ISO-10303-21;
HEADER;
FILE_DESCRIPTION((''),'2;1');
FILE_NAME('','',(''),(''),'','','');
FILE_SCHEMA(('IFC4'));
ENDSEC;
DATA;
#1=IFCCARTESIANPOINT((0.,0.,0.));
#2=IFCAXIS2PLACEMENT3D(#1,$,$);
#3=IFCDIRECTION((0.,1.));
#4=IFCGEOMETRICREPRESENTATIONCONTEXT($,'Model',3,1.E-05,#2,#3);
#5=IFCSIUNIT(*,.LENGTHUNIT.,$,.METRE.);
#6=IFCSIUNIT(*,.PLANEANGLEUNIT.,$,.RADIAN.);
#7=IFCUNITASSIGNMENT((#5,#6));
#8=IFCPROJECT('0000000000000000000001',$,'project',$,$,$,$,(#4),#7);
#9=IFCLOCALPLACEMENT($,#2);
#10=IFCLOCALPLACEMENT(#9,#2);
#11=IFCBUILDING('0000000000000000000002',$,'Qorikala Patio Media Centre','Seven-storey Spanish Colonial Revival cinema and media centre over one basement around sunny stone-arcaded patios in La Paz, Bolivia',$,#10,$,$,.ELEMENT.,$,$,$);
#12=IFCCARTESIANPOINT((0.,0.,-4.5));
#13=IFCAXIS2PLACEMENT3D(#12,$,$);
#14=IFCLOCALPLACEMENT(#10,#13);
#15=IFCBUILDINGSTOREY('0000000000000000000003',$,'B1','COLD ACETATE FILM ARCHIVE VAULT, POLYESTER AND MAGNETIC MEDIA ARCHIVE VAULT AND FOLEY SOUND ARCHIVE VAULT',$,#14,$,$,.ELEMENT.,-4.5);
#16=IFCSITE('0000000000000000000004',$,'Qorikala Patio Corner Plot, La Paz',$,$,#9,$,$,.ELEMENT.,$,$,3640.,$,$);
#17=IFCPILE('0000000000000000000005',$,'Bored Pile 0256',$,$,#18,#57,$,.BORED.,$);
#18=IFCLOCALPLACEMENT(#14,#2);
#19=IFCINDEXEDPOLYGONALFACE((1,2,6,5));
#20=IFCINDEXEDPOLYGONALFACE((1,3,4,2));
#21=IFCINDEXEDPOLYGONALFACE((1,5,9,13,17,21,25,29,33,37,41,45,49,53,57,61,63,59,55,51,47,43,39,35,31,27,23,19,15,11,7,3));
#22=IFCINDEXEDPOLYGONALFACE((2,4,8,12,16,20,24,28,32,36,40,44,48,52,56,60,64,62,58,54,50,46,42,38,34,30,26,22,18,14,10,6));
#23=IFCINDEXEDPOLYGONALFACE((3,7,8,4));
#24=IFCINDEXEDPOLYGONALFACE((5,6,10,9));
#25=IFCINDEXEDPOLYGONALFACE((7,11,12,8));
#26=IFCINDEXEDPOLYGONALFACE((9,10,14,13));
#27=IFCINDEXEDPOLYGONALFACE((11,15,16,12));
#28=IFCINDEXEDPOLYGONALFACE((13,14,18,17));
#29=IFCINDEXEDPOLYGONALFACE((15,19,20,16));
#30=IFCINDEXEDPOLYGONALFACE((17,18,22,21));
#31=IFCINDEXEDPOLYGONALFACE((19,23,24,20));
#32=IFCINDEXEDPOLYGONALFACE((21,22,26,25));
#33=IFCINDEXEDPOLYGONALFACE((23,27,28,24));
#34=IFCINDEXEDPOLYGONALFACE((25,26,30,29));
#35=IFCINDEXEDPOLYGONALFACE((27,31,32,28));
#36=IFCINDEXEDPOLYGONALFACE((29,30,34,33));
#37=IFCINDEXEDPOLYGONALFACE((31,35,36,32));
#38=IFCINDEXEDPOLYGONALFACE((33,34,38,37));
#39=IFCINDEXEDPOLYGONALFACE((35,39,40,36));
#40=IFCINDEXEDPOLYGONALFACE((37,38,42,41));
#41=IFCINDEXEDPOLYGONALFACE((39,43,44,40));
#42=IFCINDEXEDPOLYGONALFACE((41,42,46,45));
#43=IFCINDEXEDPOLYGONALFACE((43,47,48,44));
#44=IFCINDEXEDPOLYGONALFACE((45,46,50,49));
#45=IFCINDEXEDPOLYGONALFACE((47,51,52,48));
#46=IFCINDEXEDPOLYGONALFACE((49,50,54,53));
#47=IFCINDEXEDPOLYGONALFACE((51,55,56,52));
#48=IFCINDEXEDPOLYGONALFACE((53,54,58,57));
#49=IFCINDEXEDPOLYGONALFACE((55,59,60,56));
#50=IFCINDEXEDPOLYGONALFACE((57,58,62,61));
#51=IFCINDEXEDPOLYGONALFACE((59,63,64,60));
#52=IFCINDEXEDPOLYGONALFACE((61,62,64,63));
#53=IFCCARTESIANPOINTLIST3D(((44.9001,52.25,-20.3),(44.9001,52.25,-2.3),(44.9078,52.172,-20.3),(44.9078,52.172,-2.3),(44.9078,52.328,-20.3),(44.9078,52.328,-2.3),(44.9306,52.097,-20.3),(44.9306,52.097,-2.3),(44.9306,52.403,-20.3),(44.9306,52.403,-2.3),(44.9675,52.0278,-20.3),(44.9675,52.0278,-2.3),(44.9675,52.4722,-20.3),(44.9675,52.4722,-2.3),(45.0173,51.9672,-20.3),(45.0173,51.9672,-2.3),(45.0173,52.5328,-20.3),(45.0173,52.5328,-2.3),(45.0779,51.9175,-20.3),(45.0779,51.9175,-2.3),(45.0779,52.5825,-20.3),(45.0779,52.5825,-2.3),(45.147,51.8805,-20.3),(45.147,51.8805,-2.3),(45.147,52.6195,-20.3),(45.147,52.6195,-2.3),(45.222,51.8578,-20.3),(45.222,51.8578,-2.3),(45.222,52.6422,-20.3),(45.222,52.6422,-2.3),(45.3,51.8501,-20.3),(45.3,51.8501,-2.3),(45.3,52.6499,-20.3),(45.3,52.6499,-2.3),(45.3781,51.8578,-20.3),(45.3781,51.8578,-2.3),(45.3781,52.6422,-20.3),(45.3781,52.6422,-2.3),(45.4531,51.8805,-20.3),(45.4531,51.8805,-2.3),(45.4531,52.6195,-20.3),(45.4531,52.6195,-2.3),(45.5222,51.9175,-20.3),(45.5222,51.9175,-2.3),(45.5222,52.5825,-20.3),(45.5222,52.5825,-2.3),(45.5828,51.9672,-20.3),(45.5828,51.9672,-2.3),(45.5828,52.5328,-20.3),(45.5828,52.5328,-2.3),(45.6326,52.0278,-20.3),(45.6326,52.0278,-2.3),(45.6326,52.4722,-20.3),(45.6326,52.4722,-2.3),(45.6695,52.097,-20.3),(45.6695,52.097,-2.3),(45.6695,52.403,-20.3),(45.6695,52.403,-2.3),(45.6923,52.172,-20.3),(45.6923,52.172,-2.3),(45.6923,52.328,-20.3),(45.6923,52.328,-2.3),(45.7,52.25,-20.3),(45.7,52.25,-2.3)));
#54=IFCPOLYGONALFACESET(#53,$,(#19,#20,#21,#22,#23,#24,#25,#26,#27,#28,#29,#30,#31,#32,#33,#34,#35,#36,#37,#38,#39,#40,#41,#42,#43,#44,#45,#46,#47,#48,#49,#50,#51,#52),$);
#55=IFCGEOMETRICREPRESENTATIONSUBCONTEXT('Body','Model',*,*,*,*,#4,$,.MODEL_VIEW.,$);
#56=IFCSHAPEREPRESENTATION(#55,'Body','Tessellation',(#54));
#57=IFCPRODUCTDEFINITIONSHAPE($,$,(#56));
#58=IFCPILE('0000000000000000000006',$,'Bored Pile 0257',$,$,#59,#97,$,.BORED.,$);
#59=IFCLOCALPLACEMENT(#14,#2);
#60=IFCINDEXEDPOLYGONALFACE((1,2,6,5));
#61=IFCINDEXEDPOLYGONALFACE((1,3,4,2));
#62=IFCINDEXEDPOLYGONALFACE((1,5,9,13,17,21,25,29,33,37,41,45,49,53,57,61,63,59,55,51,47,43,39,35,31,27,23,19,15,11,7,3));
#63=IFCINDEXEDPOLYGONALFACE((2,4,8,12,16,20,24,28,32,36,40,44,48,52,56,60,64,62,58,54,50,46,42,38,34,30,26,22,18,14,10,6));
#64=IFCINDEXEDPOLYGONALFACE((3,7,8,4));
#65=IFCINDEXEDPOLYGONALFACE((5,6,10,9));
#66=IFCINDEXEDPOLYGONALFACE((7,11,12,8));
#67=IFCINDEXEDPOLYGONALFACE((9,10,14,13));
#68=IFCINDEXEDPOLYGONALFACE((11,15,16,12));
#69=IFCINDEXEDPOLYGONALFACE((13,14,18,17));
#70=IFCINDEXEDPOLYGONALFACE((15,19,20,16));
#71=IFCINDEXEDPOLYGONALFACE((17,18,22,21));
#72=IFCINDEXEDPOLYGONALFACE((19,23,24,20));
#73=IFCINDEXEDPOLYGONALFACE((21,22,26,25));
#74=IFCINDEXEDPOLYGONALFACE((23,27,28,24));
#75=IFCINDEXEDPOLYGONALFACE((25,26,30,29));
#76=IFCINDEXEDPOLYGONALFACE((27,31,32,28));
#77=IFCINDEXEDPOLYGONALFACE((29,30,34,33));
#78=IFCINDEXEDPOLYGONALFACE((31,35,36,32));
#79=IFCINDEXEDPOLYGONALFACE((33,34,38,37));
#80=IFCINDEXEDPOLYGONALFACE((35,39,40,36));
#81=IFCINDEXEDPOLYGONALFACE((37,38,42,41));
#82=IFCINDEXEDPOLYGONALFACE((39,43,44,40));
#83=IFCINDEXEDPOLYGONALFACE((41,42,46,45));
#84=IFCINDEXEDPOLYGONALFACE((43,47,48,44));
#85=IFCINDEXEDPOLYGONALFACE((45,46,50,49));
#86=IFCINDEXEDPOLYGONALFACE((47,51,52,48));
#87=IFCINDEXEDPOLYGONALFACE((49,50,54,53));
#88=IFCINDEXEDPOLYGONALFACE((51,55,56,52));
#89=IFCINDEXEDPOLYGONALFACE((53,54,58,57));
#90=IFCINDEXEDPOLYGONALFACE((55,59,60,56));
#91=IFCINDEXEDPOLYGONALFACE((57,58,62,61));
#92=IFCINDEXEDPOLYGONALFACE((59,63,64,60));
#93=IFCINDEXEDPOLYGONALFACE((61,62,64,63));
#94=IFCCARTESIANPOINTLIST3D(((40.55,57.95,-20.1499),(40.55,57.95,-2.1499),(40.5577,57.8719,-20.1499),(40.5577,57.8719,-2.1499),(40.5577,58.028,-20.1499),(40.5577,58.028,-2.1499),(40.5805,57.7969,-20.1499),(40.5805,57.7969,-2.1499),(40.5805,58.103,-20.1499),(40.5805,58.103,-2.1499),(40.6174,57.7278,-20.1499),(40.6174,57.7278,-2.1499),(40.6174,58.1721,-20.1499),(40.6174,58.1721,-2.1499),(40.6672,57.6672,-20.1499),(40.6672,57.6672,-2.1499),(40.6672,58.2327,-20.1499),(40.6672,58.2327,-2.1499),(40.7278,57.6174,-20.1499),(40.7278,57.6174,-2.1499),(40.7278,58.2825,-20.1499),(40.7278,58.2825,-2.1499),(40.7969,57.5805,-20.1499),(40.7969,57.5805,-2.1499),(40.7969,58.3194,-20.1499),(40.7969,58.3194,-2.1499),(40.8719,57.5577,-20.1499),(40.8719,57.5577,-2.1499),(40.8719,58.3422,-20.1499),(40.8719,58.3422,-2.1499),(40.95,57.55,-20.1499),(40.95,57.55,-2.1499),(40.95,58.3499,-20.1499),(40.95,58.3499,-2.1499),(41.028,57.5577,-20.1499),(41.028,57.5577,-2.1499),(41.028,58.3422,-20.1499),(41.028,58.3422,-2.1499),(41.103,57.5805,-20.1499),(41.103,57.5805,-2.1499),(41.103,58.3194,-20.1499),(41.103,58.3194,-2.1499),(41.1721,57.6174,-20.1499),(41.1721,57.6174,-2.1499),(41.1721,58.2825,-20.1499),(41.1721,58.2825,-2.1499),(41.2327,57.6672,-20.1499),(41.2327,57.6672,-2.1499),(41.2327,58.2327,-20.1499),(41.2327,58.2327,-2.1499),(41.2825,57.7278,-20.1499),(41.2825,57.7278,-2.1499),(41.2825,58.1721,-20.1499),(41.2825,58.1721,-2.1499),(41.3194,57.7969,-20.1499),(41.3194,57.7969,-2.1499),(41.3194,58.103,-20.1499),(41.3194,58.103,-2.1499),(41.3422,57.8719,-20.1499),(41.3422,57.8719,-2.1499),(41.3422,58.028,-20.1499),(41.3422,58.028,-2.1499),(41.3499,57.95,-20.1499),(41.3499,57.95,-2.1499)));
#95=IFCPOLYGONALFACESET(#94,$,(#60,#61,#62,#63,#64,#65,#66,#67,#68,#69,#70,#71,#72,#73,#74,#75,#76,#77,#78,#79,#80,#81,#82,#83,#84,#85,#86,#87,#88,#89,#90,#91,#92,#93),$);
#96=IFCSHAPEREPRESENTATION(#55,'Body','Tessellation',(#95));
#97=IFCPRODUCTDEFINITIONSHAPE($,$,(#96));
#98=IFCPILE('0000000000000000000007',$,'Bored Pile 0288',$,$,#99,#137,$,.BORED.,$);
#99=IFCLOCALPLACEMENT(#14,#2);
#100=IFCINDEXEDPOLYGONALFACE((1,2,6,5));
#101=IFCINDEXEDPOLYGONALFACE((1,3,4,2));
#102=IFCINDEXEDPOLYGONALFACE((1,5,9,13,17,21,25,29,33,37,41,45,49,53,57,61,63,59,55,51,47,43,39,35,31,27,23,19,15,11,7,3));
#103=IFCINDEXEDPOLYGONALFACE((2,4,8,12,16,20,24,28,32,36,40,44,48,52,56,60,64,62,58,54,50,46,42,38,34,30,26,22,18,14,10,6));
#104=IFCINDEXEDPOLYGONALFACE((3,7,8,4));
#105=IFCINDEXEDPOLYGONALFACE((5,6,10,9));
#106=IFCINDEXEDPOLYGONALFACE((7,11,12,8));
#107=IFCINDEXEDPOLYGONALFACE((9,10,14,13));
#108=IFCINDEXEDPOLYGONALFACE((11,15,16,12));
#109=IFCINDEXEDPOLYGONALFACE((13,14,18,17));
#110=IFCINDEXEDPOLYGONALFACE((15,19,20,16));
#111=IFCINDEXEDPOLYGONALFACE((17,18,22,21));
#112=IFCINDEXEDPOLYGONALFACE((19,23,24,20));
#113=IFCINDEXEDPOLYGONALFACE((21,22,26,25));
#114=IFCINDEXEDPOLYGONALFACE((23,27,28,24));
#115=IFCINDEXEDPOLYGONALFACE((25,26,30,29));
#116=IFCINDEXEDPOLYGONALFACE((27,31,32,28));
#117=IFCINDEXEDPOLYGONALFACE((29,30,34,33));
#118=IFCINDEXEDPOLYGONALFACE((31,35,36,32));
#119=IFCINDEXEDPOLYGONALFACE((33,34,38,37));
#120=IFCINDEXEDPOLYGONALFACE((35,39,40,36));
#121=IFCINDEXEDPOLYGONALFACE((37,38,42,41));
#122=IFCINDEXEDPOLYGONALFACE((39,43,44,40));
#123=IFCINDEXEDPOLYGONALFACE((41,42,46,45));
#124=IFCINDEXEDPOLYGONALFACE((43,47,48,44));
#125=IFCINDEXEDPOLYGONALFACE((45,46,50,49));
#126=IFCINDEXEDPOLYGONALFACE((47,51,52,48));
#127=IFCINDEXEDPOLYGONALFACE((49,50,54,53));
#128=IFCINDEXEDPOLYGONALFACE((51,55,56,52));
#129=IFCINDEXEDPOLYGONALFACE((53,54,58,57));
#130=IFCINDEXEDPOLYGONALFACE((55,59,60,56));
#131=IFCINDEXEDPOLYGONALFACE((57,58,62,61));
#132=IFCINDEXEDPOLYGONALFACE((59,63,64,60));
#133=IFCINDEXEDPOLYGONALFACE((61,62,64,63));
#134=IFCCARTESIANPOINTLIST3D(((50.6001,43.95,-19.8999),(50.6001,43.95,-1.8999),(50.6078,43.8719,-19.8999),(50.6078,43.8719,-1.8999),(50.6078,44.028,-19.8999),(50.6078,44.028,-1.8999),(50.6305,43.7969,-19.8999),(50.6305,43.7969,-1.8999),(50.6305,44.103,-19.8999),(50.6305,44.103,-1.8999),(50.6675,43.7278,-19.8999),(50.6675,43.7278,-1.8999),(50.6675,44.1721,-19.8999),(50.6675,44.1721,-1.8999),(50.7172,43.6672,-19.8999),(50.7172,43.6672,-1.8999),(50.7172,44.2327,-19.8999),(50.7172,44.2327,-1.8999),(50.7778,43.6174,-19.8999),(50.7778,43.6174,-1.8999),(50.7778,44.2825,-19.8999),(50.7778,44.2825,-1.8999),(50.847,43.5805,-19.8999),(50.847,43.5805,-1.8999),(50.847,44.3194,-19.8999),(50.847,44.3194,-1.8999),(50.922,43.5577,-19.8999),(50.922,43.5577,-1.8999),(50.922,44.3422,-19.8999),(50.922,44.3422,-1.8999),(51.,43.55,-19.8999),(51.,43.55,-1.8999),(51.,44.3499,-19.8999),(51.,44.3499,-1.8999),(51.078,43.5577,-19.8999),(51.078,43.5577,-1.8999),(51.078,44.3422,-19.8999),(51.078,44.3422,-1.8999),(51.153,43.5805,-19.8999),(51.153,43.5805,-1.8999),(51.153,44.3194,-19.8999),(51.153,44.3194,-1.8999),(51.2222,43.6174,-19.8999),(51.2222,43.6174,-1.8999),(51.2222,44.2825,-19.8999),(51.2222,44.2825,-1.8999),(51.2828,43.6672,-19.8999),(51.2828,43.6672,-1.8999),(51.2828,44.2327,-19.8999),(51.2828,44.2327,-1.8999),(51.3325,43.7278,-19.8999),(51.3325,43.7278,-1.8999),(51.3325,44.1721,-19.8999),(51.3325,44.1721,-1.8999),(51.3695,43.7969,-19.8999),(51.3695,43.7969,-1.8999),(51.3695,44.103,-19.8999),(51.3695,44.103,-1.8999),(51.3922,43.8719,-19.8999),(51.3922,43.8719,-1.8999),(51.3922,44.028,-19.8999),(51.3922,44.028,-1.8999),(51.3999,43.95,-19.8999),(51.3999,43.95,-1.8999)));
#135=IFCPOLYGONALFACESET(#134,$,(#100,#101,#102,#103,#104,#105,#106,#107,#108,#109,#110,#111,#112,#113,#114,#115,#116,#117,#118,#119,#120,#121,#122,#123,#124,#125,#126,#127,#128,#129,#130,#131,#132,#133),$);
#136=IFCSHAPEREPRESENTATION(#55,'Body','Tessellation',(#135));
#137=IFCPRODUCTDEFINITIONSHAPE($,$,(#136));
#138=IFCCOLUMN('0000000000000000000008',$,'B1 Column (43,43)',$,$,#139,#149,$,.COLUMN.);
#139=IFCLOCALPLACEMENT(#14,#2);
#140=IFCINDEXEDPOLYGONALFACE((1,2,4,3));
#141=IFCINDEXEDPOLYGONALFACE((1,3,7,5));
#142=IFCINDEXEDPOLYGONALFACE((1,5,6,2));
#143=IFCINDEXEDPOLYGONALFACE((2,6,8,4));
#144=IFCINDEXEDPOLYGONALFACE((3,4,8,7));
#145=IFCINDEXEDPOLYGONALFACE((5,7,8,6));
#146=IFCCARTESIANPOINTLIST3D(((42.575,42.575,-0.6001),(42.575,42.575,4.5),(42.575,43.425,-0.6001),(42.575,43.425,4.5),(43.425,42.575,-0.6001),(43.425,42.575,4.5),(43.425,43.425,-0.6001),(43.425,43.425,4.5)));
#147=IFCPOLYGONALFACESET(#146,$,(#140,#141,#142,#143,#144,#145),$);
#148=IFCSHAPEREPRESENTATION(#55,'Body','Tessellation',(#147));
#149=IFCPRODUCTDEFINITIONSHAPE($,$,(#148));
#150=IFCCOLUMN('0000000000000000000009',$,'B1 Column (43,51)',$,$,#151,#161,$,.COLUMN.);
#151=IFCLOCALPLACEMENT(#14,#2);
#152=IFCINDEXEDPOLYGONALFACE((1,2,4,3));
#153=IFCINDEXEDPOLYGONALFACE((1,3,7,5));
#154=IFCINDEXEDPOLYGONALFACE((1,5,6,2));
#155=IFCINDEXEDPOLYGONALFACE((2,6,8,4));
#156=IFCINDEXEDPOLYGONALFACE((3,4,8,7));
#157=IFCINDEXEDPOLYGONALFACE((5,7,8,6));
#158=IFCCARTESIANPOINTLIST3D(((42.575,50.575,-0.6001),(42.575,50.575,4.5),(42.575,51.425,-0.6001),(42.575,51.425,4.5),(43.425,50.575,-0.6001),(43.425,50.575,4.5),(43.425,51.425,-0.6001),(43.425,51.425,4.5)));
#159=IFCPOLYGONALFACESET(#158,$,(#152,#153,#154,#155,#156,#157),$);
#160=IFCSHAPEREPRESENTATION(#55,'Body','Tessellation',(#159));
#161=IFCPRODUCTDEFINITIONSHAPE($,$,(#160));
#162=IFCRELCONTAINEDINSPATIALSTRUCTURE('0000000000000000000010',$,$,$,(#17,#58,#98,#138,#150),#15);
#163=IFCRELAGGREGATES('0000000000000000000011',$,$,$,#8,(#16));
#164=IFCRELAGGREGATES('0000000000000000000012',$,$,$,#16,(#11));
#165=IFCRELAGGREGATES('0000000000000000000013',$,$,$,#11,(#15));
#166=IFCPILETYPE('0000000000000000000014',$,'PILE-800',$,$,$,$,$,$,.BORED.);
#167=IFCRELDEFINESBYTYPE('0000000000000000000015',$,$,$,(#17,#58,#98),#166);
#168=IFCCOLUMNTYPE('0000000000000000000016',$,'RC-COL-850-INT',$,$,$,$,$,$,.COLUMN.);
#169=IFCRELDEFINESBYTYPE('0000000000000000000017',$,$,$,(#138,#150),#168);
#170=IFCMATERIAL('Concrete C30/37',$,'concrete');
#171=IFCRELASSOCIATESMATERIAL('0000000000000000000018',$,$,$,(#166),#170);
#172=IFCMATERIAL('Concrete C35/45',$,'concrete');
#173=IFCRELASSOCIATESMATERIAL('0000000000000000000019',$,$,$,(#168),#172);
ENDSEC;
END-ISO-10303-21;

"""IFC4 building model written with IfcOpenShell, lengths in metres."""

from ifc_helpers import new_model, si_unit, direction, frame, origin, origin_2d, place, context, subcontext, project, spatial, rectangle, circle, extrude, material, material_profile, profile_set, type_object, element, save


model = new_model("IFC4")

# Units and contexts
model_context = context("Model", 3, precision=1e-05, world=origin(), true_north=direction((0.0, 1.0)))
body_context = subcontext(model_context, "Body", "Model", "MODEL_VIEW")
ifc_project = project(units=[si_unit("LENGTHUNIT", "METRE"), si_unit("PLANEANGLEUNIT", "RADIAN")], contexts=[model_context])

# Site, building, storey
site_placement = place(None, origin())
site = spatial("IfcSite", under=ifc_project, at=site_placement, Name="Qorikala Patio Corner Plot, La Paz", CompositionType="ELEMENT", RefElevation=3640.0)
building_placement = place(site_placement, origin())
building = spatial("IfcBuilding", under=site, at=building_placement, Name="Qorikala Patio Media Centre", Description="Seven-storey Spanish Colonial Revival cinema and media centre over one basement around sunny stone-arcaded patios in La Paz, Bolivia", CompositionType="ELEMENT")
storey_placement = place(building_placement, frame((0.0, 0.0, -4.5)))
storey = spatial("IfcBuildingStorey", under=building, at=storey_placement, Name="B1", Description="COLD ACETATE FILM ARCHIVE VAULT, POLYESTER AND MAGNETIC MEDIA ARCHIVE VAULT AND FOLEY SOUND ARCHIVE VAULT", CompositionType="ELEMENT", Elevation=-4.5)

# Shared definitions
ifc_material_1 = material(Name="Concrete C30/37", Category="concrete")

# Piles
ifc_material_profile_1 = material_profile(ifc_material_1, circle(Radius=0.3999, at=origin_2d()), Name="BORED PILE 800")
ifc_profile_set_1 = profile_set([ifc_material_profile_1], Name="Concrete C30/37")
pile_type_1 = type_object("IfcPileType", Name="PILE-800", PredefinedType="BORED", material=ifc_profile_set_1)
for number, where, z_axis, x_axis, name in (
    (1, (45.3, 52.25, -2.3), (0.0, 0.0, -1.0), (1.0, 0.0, 0.0), "Bored Pile 0256"),
    (2, (40.95, 57.95, -2.1499), (0.0, 0.0, -1.0), (1.0, 0.0, 0.0), "Bored Pile 0257"),
    (3, (51.0, 43.95, -1.8999), (0.0, 0.0, -1.0), (1.0, 0.0, 0.0), "Bored Pile 0288"),
):
    element("IfcPile", number, at=place(storey_placement, frame(where, z_axis=z_axis, x_axis=x_axis)), inside=storey, type_object=pile_type_1, Name=name, PredefinedType="BORED", context=body_context, shape_type="SweptSolid", body=[
        extrude(circle(Radius=0.3999, at=origin_2d()), origin(), (0.0, 0.0, 1.0), 18.0),
    ])

# Columns
ifc_material_2 = material(Name="Concrete C35/45", Category="concrete")
ifc_material_profile_2 = material_profile(ifc_material_2, rectangle(XDim=0.8501, YDim=0.8501, at=origin_2d()), Name="RC 850x850")
ifc_profile_set_2 = profile_set([ifc_material_profile_2], Name="Concrete C35/45")
column_type = type_object("IfcColumnType", Name="RC-COL-850-INT", PredefinedType="COLUMN", material=ifc_profile_set_2)
for number, where, z_axis, x_axis, name in (
    (4, (43.0, 43.0, -0.6001), (0.0, 0.0, 1.0), (1.0, 0.0, 0.0), "B1 Column (43,43)"),
    (5, (43.0, 51.0, -0.6001), (0.0, 0.0, 1.0), (1.0, 0.0, 0.0), "B1 Column (43,51)"),
):
    element("IfcColumn", number, at=place(storey_placement, frame(where, z_axis=z_axis, x_axis=x_axis)), inside=storey, type_object=column_type, Name=name, PredefinedType="COLUMN", context=body_context, shape_type="SweptSolid", body=[
        extrude(rectangle(XDim=0.8501, YDim=0.8501, at=origin_2d()), origin(), (0.0, 0.0, 1.0), 5.1001),
    ])

save(model, "model.ifc")
